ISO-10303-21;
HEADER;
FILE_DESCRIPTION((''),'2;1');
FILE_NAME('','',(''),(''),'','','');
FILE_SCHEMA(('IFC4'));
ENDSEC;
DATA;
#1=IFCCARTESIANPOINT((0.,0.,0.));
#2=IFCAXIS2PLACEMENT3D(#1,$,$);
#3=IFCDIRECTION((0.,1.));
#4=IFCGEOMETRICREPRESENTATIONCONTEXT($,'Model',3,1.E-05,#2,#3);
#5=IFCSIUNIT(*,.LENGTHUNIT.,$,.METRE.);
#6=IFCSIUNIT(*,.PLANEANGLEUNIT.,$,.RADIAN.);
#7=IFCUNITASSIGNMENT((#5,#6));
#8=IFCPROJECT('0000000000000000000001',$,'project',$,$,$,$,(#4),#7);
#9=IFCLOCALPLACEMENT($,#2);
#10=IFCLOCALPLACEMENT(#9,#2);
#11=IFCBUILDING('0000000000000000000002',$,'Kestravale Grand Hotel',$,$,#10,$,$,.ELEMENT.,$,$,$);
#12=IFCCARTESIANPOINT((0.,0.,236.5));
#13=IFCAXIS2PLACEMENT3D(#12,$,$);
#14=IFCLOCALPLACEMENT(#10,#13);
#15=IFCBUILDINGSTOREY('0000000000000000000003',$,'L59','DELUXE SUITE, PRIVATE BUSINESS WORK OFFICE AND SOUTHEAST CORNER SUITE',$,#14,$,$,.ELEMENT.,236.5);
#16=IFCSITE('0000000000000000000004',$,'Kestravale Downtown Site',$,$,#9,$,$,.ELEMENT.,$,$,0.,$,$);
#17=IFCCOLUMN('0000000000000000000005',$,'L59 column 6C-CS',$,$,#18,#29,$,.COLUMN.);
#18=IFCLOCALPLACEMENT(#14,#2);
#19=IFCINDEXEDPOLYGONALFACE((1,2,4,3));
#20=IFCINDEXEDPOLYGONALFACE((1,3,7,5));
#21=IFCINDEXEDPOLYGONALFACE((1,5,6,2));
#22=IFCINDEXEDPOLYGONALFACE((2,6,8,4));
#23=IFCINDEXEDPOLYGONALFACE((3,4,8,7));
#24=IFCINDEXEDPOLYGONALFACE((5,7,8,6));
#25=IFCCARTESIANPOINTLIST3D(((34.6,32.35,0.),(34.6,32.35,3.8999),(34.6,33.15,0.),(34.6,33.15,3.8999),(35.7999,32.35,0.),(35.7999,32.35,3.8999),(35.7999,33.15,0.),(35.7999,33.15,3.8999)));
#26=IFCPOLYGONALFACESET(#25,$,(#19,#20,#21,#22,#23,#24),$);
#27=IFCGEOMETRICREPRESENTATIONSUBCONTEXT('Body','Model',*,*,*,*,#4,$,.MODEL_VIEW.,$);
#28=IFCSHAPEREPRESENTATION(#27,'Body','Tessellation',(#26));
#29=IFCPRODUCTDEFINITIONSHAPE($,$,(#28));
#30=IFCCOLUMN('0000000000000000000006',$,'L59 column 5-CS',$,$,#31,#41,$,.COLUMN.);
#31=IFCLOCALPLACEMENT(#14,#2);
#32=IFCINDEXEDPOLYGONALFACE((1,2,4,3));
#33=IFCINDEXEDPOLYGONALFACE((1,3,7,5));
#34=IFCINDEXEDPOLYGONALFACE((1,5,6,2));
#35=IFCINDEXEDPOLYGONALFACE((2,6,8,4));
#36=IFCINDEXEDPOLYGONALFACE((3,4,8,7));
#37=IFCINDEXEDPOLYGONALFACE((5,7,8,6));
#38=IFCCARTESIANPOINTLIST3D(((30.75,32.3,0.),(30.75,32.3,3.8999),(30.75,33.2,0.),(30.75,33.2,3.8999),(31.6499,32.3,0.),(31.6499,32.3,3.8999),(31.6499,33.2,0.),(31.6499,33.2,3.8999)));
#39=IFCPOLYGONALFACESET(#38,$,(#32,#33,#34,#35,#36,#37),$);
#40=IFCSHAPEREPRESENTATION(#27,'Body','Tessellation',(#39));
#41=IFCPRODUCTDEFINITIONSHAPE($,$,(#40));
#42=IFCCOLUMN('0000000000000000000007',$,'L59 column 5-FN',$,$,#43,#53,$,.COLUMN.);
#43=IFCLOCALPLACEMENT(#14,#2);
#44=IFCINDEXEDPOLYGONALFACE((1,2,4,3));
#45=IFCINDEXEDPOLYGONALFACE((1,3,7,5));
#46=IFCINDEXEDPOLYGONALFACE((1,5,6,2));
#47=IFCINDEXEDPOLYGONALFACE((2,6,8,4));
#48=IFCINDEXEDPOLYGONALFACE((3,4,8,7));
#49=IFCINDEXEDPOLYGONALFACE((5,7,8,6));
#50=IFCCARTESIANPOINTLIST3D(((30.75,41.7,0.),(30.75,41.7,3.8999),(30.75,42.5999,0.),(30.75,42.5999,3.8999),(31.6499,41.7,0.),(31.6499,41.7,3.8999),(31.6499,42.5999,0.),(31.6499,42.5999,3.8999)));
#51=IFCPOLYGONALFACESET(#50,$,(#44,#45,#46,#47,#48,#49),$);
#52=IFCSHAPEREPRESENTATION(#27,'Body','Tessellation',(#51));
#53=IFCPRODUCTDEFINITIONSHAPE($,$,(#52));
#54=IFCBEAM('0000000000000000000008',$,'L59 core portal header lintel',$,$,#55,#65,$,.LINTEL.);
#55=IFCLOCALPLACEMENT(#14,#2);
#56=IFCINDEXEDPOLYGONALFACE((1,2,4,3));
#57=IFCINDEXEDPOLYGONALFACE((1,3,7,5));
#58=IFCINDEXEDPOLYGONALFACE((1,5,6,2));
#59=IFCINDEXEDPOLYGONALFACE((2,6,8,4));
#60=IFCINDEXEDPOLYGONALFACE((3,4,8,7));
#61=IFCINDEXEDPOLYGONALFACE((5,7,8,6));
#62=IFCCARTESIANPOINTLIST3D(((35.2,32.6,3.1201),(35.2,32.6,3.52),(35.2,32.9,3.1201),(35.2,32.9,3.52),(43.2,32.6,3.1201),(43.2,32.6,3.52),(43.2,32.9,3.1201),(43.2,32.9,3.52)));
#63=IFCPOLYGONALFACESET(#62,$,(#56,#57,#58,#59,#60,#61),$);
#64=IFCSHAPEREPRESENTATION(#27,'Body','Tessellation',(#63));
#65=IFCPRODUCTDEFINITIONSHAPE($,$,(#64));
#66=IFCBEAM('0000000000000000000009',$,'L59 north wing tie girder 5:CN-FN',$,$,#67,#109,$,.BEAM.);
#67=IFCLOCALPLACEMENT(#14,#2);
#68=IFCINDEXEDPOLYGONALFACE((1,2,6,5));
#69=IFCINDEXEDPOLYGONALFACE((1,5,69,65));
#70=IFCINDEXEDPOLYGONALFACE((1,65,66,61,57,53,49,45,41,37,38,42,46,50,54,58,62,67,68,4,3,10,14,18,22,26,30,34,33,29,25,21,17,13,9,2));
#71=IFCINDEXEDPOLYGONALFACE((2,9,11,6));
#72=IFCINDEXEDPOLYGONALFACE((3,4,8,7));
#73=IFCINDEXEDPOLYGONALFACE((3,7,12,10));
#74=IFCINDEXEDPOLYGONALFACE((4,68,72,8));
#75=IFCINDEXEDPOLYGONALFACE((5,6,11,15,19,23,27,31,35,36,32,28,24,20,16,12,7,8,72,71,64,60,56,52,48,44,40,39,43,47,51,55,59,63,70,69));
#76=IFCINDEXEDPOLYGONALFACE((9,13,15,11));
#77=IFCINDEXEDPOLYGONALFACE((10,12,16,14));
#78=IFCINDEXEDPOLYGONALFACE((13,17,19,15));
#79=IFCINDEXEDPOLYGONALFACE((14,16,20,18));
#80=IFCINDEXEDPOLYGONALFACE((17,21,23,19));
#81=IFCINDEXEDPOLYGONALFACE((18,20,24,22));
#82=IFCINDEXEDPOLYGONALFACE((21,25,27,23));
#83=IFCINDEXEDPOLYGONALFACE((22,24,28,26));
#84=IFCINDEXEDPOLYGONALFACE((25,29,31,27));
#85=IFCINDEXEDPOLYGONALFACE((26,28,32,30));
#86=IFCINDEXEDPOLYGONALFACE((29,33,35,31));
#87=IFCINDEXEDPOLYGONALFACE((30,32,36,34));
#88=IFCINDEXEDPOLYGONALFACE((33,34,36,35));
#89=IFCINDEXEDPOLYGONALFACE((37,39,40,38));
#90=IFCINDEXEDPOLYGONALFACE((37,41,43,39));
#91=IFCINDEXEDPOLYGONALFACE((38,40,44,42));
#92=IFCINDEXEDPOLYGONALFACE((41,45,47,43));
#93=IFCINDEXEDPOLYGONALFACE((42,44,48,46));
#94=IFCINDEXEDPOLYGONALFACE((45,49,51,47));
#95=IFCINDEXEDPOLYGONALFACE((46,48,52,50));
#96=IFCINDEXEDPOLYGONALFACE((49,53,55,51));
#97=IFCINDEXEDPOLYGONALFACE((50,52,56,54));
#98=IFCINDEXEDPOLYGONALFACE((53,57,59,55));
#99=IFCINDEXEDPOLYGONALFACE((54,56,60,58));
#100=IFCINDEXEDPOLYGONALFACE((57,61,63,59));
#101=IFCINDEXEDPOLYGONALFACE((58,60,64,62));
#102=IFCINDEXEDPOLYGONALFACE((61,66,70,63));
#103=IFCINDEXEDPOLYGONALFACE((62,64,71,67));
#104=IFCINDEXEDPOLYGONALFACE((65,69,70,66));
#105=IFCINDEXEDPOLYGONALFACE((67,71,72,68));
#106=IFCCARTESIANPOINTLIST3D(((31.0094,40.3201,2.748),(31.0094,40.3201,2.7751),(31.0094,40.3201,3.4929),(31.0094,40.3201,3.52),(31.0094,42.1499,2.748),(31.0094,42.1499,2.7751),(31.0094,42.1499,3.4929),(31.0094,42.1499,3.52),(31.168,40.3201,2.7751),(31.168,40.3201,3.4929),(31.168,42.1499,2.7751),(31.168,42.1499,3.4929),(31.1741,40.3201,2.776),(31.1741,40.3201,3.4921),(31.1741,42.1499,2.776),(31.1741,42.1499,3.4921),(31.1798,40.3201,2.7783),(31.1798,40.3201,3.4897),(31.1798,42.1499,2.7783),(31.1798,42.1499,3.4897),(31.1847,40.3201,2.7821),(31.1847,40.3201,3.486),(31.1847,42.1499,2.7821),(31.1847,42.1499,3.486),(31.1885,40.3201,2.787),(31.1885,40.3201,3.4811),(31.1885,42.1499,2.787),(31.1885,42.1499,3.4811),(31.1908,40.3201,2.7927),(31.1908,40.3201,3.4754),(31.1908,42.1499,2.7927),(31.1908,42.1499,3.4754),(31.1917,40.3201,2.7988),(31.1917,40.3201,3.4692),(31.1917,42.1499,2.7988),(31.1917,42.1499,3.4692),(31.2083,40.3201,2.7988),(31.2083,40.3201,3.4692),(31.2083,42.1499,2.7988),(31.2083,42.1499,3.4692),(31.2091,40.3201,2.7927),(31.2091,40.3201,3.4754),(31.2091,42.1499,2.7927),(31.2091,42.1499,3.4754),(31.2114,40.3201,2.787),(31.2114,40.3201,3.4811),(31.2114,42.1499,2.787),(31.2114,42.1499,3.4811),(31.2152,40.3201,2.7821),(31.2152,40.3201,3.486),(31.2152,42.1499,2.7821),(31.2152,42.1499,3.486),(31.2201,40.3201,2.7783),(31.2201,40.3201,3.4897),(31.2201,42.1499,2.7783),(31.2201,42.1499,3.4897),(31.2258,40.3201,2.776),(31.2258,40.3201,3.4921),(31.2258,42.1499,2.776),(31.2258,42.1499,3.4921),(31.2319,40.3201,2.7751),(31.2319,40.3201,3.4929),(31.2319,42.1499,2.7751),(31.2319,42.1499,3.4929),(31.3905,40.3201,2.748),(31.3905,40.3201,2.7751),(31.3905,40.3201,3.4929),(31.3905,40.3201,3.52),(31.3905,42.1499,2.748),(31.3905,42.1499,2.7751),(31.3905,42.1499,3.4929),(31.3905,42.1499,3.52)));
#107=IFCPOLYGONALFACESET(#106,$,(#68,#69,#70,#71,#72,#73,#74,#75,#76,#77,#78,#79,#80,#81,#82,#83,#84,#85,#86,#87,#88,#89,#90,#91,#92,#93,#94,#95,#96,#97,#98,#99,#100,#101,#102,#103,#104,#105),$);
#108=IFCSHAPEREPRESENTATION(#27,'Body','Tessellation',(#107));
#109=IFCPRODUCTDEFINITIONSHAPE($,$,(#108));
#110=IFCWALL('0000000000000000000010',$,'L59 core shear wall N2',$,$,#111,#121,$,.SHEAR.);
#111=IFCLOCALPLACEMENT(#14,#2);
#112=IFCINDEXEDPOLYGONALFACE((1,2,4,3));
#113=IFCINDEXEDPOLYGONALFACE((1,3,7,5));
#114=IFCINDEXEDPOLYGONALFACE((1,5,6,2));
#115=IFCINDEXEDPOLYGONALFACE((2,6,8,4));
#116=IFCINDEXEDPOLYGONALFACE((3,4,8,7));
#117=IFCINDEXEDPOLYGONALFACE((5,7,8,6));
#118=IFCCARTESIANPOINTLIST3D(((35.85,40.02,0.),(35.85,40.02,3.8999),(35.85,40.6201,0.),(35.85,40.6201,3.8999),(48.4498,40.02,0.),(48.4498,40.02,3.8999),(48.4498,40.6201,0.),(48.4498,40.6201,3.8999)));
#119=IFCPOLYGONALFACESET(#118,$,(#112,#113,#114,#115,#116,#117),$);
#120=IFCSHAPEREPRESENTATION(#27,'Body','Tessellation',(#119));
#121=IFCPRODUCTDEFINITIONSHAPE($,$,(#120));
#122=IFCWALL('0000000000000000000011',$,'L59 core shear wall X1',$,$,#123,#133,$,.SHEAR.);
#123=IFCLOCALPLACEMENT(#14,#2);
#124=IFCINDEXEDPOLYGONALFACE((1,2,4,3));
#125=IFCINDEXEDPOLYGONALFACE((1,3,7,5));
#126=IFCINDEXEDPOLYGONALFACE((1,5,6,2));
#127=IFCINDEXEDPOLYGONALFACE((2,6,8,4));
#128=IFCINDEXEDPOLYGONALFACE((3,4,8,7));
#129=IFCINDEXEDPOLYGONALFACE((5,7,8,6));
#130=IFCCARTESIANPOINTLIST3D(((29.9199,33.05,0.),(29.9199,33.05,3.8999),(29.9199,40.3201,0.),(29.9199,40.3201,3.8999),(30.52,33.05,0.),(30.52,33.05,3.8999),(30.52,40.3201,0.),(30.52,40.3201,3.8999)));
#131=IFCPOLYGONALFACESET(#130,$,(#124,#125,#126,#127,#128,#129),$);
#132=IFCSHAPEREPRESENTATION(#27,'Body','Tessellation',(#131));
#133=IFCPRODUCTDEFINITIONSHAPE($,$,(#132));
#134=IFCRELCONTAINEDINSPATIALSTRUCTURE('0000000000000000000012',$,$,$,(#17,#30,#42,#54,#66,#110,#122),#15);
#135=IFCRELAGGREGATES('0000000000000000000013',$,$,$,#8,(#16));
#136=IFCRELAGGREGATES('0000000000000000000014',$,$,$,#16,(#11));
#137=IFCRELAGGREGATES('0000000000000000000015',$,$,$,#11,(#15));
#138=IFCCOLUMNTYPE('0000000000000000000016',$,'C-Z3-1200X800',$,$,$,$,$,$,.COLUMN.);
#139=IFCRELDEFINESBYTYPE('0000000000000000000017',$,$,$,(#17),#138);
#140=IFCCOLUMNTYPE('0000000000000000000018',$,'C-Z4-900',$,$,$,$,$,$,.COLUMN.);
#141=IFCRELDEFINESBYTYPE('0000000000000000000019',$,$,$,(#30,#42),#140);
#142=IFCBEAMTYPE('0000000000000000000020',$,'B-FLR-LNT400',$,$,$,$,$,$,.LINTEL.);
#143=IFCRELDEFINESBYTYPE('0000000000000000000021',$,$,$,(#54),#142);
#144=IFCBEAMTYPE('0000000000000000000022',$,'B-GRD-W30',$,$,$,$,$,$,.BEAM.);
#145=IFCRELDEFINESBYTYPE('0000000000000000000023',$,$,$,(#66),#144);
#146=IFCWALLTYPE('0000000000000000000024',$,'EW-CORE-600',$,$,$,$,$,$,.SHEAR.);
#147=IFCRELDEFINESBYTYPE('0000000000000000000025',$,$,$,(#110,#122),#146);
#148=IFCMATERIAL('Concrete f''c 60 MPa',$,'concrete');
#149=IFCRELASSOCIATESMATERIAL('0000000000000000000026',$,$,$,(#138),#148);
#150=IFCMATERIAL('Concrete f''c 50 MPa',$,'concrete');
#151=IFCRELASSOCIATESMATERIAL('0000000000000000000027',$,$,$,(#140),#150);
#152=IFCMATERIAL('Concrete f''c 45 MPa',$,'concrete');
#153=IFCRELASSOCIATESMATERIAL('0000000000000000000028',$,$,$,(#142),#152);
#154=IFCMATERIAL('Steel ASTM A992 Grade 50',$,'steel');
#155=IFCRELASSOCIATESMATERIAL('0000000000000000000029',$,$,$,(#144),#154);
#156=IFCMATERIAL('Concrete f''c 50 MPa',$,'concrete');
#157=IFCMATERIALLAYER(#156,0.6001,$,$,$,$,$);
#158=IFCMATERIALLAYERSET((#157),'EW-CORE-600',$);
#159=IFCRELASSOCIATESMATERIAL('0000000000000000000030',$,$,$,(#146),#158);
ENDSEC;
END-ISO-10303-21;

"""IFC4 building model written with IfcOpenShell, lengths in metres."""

from ifc_helpers import new_model, si_unit, direction, frame, frame_2d, origin, origin_2d, place, context, subcontext, project, spatial, rectangle, i_section, extrude, material, layer, layer_set, material_profile, profile_set, type_object, element, save


model = new_model("IFC4")

# Units and contexts
model_context = context("Model", 3, precision=1e-05, world=origin(), true_north=direction((0.0, 1.0)))
body_context = subcontext(model_context, "Body", "Model", "MODEL_VIEW")
ifc_project = project(units=[si_unit("LENGTHUNIT", "METRE"), si_unit("PLANEANGLEUNIT", "RADIAN")], contexts=[model_context])

# Site, building, storey
site_placement = place(None, origin())
site = spatial("IfcSite", under=ifc_project, at=site_placement, Name="Kestravale Downtown Site", CompositionType="ELEMENT", RefElevation=0.0)
building_placement = place(site_placement, origin())
building = spatial("IfcBuilding", under=site, at=building_placement, Name="Kestravale Grand Hotel", CompositionType="ELEMENT")
storey_placement = place(building_placement, frame((0.0, 0.0, 236.5)))
storey = spatial("IfcBuildingStorey", under=building, at=storey_placement, Name="L59", Description="DELUXE SUITE, PRIVATE BUSINESS WORK OFFICE AND SOUTHEAST CORNER SUITE", CompositionType="ELEMENT", Elevation=236.5)

# Columns
ifc_material_1 = material(Name="Concrete f'c 60 MPa", Category="concrete")
ifc_material_profile_1 = material_profile(ifc_material_1, rectangle(XDim=1.2, YDim=0.8, at=origin_2d()))
ifc_profile_set_1 = profile_set([ifc_material_profile_1], Name="Concrete f'c 60 MPa")
column_type_1 = type_object("IfcColumnType", Name="C-Z3-1200X800", PredefinedType="COLUMN", material=ifc_profile_set_1)
column_placement = place(storey_placement, frame((35.2, 32.75, 0.0), z_axis=(0.0, 0.0, 1.0), x_axis=(1.0, 0.0, 0.0)))
element("IfcColumn", 1, at=column_placement, inside=storey, type_object=column_type_1, Name="L59 column 6C-CS", PredefinedType="COLUMN", context=body_context, shape_type="SweptSolid", body=[
    extrude(rectangle(XDim=1.2, YDim=0.8, at=origin_2d()), origin(), (0.0, 0.0, 1.0), 3.8999),
])
ifc_material_2 = material(Name="Concrete f'c 50 MPa", Category="concrete")
ifc_material_profile_2 = material_profile(ifc_material_2, rectangle(XDim=0.8999, YDim=0.8999, at=origin_2d()))
ifc_profile_set_2 = profile_set([ifc_material_profile_2], Name="Concrete f'c 50 MPa")
column_type_2 = type_object("IfcColumnType", Name="C-Z4-900", PredefinedType="COLUMN", material=ifc_profile_set_2)
for number, where, z_axis, x_axis, name in (
    (2, (31.2, 32.75, 0.0), (0.0, 0.0, 1.0), (1.0, 0.0, 0.0), "L59 column 5-CS"),
    (3, (31.2, 42.1499, 0.0), (0.0, 0.0, 1.0), (1.0, 0.0, 0.0), "L59 column 5-FN"),
):
    element("IfcColumn", number, at=place(storey_placement, frame(where, z_axis=z_axis, x_axis=x_axis)), inside=storey, type_object=column_type_2, Name=name, PredefinedType="COLUMN", context=body_context, shape_type="SweptSolid", body=[
        extrude(rectangle(XDim=0.8999, YDim=0.8999, at=origin_2d()), origin(), (0.0, 0.0, 1.0), 3.8999),
    ])

# Beams
ifc_material_3 = material(Name="Concrete f'c 45 MPa", Category="concrete")
ifc_material_profile_3 = material_profile(ifc_material_3, rectangle(XDim=0.3, YDim=0.3999, at=origin_2d()))
ifc_profile_set_3 = profile_set([ifc_material_profile_3], Name="Concrete f'c 45 MPa")
beam_type_1 = type_object("IfcBeamType", Name="B-FLR-LNT400", PredefinedType="LINTEL", material=ifc_profile_set_3)
beam_1_placement = place(storey_placement, frame((35.2, 32.75, 3.3201), z_axis=(1.0, 0.0, 0.0), x_axis=(0.0, 1.0, 0.0)))
element("IfcBeam", 4, at=beam_1_placement, inside=storey, type_object=beam_type_1, Name="L59 core portal header lintel", PredefinedType="LINTEL", context=body_context, shape_type="SweptSolid", body=[
    extrude(rectangle(XDim=0.3, YDim=0.3999, at=origin_2d()), origin(), (0.0, 0.0, 1.0), 8.0),
])
ifc_material_4 = material(Name="Steel ASTM A992 Grade 50", Category="steel")
ifc_material_profile_4 = material_profile(ifc_material_4, i_section(OverallWidth=0.3811, OverallDepth=0.772, WebThickness=0.0166, FlangeThickness=0.0271, FilletRadius=0.0237, at=origin_2d()))
ifc_profile_set_4 = profile_set([ifc_material_profile_4], Name="Steel ASTM A992 Grade 50")
beam_type_2 = type_object("IfcBeamType", Name="B-GRD-W30", PredefinedType="BEAM", material=ifc_profile_set_4)
beam_2_placement = place(storey_placement, frame((31.2, 40.3201, 3.134), z_axis=(0.0, 1.0, 0.0), x_axis=(-1.0, 0.0, 0.0)))
element("IfcBeam", 5, at=beam_2_placement, inside=storey, type_object=beam_type_2, Name="L59 north wing tie girder 5:CN-FN", PredefinedType="BEAM", context=body_context, shape_type="SweptSolid", body=[
    extrude(i_section(OverallWidth=0.3811, OverallDepth=0.772, WebThickness=0.0166, FlangeThickness=0.0271, FilletRadius=0.0237, at=origin_2d()), origin(), (0.0, 0.0, 1.0), 1.8298),
])

# Walls
ifc_material_5 = material(Name="Concrete f'c 50 MPa", Category="concrete")
ifc_layer_1 = layer(ifc_material_5, 0.6001)
ifc_layer_set_1 = layer_set([ifc_layer_1], Name="EW-CORE-600")
wall_type_1 = type_object("IfcWallType", Name="EW-CORE-600", PredefinedType="SHEAR", material=ifc_layer_set_1)
wall_1_placement = place(storey_placement, frame((35.8501, 40.3201, 0.0), z_axis=(0.0, 0.0, 1.0), x_axis=(1.0, 0.0, 0.0)))
element("IfcWall", 6, at=wall_1_placement, inside=storey, type_object=wall_type_1, Name="L59 core shear wall N2", PredefinedType="SHEAR", context=body_context, shape_type="SweptSolid", body=[
    extrude(rectangle(XDim=12.5999, YDim=0.6001, at=frame_2d((6.2998, 0.0))), origin(), (0.0, 0.0, 1.0), 3.8999),
])
wall_2_placement = place(storey_placement, frame((30.22, 33.05, 0.0), z_axis=(0.0, 0.0, 1.0), x_axis=(0.0, 1.0, 0.0)))
element("IfcWall", 7, at=wall_2_placement, inside=storey, type_object=wall_type_1, Name="L59 core shear wall X1", PredefinedType="SHEAR", context=body_context, shape_type="SweptSolid", body=[
    extrude(rectangle(XDim=7.27, YDim=0.6001, at=frame_2d((3.635, 0.0))), origin(), (0.0, 0.0, 1.0), 3.8999),
])

save(model, "model.ifc")
